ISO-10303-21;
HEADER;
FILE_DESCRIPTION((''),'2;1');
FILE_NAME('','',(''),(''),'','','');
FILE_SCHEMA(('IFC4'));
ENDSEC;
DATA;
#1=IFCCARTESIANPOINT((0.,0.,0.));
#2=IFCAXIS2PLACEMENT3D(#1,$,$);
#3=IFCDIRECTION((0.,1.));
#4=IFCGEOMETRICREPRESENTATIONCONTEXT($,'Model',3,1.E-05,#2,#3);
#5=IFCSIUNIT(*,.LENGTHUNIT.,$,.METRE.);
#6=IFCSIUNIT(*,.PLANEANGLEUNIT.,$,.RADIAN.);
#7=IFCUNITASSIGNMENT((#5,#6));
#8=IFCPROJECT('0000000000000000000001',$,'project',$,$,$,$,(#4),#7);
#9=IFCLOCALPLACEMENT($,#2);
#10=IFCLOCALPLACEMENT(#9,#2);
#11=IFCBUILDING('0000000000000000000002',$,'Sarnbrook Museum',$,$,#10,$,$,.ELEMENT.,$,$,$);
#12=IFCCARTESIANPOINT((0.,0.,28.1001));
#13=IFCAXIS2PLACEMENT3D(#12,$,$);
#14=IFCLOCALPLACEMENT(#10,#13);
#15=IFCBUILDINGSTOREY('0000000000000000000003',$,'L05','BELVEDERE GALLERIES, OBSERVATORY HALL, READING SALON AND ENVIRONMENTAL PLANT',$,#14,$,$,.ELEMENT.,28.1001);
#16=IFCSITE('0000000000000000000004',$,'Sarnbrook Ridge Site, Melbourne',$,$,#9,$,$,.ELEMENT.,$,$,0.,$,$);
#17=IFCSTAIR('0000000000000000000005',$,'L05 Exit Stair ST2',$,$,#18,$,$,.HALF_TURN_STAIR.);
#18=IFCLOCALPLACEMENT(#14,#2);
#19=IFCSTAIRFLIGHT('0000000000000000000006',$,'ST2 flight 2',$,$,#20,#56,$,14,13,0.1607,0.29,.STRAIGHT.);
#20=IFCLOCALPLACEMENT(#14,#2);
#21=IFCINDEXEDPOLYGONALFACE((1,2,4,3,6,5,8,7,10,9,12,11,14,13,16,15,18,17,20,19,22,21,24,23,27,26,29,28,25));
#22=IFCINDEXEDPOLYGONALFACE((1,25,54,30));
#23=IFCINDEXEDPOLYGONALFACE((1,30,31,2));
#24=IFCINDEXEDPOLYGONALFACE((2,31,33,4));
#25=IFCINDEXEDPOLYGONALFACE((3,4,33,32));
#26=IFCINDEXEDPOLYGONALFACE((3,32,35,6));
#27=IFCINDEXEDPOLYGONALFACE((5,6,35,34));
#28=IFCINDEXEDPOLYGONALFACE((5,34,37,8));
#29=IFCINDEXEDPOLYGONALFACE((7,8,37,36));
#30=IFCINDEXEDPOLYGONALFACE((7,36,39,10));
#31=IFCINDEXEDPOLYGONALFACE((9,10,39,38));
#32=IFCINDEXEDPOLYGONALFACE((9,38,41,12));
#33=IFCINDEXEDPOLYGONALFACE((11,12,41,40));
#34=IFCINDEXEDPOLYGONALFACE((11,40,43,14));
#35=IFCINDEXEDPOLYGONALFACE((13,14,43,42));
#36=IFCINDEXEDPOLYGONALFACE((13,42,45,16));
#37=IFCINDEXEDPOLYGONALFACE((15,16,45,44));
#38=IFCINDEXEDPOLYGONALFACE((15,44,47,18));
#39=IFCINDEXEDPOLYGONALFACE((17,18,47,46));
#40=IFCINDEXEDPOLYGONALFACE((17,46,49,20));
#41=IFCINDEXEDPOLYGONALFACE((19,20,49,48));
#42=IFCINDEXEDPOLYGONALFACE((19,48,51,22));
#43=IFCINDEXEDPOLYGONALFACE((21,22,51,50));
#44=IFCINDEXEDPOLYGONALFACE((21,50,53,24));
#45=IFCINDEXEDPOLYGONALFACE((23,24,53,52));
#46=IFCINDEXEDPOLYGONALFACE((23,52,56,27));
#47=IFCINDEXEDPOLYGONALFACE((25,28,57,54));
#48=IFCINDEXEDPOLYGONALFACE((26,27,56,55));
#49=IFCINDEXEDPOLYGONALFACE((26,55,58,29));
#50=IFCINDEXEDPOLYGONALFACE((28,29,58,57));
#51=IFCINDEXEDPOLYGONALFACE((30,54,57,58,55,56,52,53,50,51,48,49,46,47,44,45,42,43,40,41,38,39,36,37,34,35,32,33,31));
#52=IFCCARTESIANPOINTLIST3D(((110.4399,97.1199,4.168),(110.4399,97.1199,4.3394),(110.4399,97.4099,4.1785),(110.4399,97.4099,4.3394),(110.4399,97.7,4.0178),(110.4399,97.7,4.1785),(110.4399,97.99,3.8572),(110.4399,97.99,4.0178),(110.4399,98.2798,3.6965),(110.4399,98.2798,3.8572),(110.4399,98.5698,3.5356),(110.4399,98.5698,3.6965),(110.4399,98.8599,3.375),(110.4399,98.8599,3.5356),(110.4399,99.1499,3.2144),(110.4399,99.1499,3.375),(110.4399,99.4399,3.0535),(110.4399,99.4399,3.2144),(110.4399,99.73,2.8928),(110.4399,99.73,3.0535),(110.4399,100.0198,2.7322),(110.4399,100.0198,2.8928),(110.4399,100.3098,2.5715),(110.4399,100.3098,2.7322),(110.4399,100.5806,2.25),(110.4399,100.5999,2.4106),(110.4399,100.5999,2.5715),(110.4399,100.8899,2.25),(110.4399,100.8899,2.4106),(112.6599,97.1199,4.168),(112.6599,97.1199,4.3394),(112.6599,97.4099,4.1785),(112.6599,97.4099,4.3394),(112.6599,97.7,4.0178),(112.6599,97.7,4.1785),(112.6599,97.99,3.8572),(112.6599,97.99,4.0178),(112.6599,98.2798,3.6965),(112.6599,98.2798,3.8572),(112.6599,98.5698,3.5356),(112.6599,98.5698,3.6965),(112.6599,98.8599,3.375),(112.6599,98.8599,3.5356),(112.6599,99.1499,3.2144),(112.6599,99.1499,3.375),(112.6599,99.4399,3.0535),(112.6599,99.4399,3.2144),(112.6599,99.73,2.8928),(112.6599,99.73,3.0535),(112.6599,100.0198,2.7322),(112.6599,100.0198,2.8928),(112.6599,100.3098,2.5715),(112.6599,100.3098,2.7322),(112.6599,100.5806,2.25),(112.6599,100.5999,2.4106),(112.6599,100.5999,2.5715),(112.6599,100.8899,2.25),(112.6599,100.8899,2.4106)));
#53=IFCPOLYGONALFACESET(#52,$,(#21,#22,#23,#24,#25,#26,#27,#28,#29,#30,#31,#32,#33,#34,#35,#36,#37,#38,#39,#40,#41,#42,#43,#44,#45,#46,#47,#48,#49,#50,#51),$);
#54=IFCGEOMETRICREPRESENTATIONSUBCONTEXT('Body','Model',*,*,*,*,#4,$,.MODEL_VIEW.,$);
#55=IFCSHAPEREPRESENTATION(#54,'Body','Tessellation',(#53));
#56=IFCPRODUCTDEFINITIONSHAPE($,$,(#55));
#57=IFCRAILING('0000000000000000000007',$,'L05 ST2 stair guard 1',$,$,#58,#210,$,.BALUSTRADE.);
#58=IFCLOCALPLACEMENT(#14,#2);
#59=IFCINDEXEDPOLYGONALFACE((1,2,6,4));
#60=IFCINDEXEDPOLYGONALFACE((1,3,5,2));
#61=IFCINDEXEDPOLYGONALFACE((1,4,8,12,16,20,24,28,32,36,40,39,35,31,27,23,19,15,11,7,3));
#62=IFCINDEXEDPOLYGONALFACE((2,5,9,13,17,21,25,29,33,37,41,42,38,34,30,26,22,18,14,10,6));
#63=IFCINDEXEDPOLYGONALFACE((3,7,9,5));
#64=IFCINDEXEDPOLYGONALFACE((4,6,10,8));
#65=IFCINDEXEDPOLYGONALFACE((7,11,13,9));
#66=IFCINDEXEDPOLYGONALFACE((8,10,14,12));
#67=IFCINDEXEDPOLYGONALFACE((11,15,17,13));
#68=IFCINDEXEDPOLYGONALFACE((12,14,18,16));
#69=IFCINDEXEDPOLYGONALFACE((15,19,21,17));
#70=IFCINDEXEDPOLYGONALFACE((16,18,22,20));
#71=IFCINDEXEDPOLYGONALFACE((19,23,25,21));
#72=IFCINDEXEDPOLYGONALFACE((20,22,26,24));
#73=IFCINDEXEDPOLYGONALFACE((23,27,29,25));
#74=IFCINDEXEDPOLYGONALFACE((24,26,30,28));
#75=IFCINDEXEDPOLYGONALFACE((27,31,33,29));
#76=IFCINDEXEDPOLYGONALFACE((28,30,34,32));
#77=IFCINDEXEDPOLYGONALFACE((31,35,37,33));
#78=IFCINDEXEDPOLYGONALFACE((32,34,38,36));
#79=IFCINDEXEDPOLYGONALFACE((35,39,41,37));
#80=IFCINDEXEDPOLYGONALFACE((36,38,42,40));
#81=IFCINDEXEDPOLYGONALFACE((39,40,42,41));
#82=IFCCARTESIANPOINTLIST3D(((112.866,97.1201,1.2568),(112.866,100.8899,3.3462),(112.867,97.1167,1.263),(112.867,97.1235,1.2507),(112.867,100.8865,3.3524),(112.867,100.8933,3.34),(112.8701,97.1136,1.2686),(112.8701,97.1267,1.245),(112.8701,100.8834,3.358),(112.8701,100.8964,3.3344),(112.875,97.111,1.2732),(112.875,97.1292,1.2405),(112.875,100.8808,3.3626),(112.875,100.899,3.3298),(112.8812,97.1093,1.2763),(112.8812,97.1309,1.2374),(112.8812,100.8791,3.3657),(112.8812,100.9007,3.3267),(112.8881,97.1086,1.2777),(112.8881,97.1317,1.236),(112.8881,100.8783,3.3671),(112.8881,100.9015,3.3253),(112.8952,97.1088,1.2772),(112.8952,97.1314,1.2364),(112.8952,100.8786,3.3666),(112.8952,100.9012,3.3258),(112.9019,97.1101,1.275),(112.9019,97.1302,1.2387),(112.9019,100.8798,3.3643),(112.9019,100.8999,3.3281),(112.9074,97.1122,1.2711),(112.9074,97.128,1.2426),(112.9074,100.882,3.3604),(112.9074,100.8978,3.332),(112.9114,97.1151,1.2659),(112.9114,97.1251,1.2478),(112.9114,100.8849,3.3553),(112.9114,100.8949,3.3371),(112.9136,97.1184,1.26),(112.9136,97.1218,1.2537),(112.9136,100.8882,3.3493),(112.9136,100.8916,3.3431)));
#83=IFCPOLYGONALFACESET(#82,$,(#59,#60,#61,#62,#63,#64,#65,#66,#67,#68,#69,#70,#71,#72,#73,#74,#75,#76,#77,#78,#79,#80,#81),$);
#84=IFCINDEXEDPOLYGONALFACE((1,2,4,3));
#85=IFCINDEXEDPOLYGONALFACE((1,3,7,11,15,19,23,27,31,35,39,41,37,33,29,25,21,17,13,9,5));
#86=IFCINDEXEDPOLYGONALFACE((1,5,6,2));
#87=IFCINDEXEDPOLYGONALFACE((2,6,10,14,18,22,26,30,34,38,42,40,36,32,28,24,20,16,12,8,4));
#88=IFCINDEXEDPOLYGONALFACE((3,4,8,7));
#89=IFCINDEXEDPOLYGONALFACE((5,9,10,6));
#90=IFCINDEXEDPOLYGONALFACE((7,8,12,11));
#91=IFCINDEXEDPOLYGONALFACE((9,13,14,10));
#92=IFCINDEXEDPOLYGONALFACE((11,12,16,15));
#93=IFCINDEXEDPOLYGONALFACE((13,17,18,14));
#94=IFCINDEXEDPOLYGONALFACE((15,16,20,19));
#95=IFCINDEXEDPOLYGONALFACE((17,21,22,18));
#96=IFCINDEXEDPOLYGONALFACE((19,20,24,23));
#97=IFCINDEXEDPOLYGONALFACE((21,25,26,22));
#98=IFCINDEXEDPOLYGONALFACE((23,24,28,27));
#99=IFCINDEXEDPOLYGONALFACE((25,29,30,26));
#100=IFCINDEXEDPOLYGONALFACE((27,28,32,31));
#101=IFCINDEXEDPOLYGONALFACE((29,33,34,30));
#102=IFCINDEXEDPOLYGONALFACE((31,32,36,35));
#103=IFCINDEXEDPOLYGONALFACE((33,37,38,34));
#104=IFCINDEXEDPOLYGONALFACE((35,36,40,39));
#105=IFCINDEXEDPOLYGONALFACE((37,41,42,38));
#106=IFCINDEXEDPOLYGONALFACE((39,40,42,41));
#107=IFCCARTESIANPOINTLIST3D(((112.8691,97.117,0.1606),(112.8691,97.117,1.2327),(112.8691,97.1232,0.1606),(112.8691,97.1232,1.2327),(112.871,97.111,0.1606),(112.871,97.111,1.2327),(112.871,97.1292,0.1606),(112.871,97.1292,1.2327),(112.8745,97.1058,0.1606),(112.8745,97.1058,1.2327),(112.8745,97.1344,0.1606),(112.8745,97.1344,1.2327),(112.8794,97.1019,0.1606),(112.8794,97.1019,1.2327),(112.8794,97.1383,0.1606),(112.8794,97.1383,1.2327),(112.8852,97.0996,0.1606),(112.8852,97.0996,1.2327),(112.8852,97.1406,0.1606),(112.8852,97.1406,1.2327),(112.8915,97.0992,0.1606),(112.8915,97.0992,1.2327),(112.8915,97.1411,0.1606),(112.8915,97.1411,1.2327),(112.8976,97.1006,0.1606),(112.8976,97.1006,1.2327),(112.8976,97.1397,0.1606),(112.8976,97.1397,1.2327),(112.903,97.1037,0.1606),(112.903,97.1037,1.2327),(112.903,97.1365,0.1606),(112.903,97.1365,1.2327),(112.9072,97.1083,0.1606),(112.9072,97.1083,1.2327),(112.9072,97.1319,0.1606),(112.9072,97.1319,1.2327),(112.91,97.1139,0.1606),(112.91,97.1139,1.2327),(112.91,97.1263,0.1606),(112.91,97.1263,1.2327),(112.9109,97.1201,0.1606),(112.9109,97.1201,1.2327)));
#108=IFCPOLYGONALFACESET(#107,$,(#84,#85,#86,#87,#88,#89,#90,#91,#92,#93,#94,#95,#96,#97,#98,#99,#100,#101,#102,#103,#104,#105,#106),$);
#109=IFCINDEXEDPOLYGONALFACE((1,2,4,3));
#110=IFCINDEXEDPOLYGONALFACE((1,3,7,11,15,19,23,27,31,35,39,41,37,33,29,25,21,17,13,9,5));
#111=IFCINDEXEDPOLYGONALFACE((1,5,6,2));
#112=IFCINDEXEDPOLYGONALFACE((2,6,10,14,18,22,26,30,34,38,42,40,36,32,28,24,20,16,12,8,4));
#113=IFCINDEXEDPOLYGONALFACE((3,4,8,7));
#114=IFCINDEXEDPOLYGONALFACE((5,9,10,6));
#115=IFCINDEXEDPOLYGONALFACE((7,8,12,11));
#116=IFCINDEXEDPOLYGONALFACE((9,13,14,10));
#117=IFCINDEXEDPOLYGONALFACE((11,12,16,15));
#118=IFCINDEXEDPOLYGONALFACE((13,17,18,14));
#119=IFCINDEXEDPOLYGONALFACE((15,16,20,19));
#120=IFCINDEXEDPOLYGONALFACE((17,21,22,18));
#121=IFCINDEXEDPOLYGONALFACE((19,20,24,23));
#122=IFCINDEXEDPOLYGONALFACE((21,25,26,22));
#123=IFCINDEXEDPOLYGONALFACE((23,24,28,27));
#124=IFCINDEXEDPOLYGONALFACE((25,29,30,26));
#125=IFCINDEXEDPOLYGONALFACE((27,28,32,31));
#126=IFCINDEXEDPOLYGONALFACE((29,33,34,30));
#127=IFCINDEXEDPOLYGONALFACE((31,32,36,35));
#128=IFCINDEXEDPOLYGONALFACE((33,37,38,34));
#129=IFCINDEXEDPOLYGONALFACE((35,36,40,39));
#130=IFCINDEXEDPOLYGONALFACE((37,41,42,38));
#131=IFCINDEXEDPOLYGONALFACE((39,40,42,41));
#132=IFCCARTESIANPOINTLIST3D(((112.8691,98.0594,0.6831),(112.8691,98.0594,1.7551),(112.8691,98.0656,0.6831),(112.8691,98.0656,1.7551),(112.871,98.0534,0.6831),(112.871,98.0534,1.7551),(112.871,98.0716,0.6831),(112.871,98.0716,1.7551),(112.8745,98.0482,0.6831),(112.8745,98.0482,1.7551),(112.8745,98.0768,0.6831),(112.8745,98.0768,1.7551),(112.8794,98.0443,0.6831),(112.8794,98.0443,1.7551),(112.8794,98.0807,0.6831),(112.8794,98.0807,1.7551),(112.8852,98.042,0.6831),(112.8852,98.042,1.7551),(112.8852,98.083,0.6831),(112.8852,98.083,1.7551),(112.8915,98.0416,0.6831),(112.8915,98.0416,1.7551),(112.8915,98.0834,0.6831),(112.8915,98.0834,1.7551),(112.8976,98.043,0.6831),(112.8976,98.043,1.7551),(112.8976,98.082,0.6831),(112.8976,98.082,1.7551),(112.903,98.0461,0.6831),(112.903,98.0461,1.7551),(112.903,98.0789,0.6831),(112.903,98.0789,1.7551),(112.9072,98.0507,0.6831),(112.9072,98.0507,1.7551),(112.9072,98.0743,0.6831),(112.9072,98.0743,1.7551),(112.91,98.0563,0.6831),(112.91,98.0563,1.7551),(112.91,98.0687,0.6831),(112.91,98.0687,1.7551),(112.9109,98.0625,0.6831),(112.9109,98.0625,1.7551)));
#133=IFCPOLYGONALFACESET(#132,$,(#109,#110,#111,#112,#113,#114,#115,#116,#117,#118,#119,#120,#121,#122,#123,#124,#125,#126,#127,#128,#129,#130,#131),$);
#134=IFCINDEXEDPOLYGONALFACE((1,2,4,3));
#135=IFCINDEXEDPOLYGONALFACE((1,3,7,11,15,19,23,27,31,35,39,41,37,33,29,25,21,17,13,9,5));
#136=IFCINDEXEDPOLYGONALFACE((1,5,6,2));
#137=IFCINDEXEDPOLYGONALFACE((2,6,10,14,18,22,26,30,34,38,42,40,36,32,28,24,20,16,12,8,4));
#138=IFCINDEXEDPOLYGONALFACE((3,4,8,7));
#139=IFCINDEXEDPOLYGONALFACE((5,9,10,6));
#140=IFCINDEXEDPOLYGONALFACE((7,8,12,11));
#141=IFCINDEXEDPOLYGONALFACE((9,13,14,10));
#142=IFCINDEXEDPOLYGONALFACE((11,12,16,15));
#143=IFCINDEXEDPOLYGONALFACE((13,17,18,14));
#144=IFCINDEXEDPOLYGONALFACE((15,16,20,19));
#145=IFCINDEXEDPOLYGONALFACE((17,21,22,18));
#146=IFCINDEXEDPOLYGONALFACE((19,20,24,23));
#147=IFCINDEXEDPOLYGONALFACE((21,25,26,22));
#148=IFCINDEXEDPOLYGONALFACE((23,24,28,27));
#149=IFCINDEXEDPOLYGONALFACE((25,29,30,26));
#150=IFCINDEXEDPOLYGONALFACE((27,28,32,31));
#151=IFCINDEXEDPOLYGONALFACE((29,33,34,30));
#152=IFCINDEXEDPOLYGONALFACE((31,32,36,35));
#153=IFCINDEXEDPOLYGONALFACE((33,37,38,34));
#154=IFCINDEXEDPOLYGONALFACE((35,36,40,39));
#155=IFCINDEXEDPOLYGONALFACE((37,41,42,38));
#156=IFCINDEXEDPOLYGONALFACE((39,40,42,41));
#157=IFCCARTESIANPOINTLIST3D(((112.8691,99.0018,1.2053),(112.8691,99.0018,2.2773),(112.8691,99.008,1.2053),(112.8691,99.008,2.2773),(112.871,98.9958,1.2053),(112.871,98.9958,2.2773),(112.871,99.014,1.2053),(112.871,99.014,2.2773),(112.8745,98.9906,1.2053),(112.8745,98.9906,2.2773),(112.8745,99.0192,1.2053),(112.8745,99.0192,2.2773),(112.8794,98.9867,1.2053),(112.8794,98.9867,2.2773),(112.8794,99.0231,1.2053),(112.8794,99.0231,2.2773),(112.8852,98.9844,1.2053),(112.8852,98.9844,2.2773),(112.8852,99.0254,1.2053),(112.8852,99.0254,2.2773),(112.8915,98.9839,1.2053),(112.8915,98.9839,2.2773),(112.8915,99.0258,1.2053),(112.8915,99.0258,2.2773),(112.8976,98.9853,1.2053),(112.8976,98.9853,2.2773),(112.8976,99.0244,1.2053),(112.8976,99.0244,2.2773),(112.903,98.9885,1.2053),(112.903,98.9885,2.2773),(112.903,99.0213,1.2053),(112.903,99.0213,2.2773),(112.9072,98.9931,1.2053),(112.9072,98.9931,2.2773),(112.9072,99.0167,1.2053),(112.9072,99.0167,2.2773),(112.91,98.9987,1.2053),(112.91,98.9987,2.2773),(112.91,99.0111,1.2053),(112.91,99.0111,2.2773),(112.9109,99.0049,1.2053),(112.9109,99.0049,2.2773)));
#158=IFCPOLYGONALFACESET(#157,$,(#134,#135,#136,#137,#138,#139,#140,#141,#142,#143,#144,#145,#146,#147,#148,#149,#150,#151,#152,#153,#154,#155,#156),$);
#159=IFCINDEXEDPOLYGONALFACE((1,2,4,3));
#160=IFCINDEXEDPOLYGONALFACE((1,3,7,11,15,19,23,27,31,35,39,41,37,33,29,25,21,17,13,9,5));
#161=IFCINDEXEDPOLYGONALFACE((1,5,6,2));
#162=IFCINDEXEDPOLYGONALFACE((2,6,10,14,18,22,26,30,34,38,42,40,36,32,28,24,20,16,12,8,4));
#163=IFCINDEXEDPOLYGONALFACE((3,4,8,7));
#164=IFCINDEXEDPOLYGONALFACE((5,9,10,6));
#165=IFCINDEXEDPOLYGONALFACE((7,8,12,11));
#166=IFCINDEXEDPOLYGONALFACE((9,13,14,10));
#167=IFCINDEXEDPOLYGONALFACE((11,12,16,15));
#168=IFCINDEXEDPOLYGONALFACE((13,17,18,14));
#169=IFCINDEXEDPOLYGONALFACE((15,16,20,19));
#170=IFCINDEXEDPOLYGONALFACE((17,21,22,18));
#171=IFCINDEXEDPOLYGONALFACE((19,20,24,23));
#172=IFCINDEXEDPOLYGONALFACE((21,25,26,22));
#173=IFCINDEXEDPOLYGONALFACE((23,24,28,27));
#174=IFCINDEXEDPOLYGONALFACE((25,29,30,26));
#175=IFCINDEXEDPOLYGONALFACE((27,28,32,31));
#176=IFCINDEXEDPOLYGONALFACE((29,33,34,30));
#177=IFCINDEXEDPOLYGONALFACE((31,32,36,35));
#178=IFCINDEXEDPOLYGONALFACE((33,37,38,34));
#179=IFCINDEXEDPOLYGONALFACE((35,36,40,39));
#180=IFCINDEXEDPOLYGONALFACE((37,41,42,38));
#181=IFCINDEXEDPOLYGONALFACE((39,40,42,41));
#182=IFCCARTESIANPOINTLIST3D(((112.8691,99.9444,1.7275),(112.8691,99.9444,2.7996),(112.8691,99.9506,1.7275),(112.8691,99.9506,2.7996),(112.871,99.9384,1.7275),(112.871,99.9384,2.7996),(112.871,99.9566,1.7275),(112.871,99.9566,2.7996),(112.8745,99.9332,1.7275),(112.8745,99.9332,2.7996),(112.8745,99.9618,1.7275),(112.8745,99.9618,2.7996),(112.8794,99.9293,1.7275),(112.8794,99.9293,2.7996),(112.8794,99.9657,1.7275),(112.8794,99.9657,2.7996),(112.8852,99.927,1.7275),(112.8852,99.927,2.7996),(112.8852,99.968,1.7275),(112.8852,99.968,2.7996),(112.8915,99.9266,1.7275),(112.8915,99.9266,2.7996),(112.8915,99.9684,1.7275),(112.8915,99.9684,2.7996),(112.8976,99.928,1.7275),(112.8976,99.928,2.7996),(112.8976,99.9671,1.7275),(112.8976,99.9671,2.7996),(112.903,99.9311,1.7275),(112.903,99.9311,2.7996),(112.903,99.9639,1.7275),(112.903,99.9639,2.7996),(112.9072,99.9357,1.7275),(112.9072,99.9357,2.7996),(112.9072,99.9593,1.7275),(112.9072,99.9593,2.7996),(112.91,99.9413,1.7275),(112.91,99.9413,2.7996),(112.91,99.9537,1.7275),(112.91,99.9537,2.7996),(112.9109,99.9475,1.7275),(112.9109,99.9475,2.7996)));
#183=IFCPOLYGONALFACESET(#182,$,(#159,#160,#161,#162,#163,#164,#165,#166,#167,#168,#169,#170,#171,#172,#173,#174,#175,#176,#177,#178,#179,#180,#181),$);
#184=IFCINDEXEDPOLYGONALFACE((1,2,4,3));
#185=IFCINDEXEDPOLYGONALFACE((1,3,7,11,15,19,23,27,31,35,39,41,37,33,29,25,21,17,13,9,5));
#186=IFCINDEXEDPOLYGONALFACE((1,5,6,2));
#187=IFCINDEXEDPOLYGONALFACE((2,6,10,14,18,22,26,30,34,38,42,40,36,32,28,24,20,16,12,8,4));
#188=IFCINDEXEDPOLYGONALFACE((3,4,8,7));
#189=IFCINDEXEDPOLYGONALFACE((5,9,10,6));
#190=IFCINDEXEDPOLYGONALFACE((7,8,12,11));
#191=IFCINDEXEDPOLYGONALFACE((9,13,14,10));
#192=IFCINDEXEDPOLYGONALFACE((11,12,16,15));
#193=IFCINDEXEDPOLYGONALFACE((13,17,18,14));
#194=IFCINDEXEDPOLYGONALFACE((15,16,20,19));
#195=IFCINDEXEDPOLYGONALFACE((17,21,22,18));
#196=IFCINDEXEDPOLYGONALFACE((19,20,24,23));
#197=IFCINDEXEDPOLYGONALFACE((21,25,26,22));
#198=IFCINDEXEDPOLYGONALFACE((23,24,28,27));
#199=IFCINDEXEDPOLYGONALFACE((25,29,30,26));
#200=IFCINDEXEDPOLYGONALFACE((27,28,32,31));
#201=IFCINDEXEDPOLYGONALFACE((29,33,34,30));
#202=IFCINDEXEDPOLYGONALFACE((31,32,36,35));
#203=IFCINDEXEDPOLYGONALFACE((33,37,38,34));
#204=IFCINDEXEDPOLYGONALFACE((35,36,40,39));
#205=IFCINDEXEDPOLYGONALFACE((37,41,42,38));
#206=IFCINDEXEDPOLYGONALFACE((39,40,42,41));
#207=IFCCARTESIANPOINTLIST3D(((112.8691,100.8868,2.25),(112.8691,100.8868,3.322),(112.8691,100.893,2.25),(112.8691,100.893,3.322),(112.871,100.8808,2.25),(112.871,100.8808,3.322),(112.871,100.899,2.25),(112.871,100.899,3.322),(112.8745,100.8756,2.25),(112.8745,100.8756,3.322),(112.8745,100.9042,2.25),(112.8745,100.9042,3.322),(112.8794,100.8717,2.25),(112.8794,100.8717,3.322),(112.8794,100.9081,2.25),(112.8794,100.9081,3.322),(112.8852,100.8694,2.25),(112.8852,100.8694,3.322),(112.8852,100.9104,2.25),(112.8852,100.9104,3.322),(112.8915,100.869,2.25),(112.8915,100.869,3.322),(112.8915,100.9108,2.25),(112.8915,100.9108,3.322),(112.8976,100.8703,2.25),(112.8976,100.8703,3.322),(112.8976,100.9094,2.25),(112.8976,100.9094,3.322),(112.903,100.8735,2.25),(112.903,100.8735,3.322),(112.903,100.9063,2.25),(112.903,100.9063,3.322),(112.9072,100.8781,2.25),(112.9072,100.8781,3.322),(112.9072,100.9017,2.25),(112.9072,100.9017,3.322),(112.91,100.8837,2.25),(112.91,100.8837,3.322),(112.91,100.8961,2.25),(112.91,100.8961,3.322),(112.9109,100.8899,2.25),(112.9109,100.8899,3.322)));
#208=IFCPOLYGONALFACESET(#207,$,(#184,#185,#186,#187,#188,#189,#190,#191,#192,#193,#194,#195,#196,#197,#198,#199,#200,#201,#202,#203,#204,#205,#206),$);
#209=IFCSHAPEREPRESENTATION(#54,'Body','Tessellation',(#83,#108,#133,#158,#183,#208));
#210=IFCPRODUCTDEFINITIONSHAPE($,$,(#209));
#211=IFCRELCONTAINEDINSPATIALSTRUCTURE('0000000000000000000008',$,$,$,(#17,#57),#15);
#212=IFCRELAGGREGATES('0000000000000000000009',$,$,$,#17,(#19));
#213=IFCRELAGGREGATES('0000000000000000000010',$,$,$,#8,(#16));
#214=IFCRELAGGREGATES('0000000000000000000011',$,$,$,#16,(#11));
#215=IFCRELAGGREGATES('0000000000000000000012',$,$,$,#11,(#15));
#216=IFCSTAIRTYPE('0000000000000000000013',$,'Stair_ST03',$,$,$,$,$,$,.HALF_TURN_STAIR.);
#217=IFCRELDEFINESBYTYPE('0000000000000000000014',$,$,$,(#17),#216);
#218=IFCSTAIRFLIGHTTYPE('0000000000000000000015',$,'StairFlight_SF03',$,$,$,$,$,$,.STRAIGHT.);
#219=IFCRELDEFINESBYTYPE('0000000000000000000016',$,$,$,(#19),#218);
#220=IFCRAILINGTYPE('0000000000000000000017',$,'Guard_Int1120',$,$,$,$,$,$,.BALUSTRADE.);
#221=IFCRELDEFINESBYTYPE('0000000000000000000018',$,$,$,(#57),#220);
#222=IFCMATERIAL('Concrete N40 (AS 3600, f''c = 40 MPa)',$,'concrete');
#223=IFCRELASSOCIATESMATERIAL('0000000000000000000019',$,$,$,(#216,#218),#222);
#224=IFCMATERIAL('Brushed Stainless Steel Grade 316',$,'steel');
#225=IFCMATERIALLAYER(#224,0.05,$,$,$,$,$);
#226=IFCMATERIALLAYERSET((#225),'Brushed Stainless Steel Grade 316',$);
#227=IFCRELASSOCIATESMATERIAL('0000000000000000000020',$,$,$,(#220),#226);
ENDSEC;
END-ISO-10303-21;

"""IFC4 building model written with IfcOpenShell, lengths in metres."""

from ifc_helpers import new_model, si_unit, direction, frame, origin, origin_2d, place, context, subcontext, project, spatial, polyline, circle, outline, extrude, material, layer, layer_set, type_object, element, aggregate, save


model = new_model("IFC4")

# Units and contexts
model_context = context("Model", 3, precision=1e-05, world=origin(), true_north=direction((0.0, 1.0)))
body_context = subcontext(model_context, "Body", "Model", "MODEL_VIEW")
ifc_project = project(units=[si_unit("LENGTHUNIT", "METRE"), si_unit("PLANEANGLEUNIT", "RADIAN")], contexts=[model_context])

# Site, building, storey
site_placement = place(None, origin())
site = spatial("IfcSite", under=ifc_project, at=site_placement, Name="Sarnbrook Ridge Site, Melbourne", CompositionType="ELEMENT", RefElevation=0.0)
building_placement = place(site_placement, origin())
building = spatial("IfcBuilding", under=site, at=building_placement, Name="Sarnbrook Museum", CompositionType="ELEMENT")
storey_placement = place(building_placement, frame((0.0, 0.0, 28.1001)))
storey = spatial("IfcBuildingStorey", under=building, at=storey_placement, Name="L05", Description="BELVEDERE GALLERIES, OBSERVATORY HALL, READING SALON AND ENVIRONMENTAL PLANT", CompositionType="ELEMENT", Elevation=28.1001)

# Stair, stair flight
ifc_material_1 = material(Name="Concrete N40 (AS 3600, f'c = 40 MPa)", Category="concrete")
stair_type = type_object("IfcStairType", Name="Stair_ST03", PredefinedType="HALF_TURN_STAIR", material=ifc_material_1)
stair_placement = place(storey_placement, origin())
stair = element("IfcStair", 1, at=stair_placement, inside=storey, type_object=stair_type, Name="L05 Exit Stair ST2", PredefinedType="HALF_TURN_STAIR")
stair_flight_type = type_object("IfcStairFlightType", Name="StairFlight_SF03", PredefinedType="STRAIGHT", material=ifc_material_1)
stair_flight_1_placement = place(storey_placement, frame((111.55, 100.8899, 2.25), z_axis=(0.0, 0.0, 1.0), x_axis=(0.0, -1.0, 0.0)))
stair_flight_1 = element("IfcStairFlight", 2, at=stair_flight_1_placement, type_object=stair_flight_type, Name="ST2 flight 2", NumberOfRisers=14, NumberOfTreads=13, PredefinedType="STRAIGHT", RiserHeight=0.1607, TreadLength=0.29, context=body_context, shape_type="SweptSolid", body=[
    extrude(outline(polyline([(0.0, 0.0), (0.0, 0.1606), (0.29, 0.1606), (0.29, 0.3215), (0.5801, 0.3215), (0.5801, 0.4822), (0.8701, 0.4822), (0.8701, 0.6428), (1.1599, 0.6428), (1.1599, 0.8035), (1.45, 0.8035), (1.45, 0.9644), (1.74, 0.9644), (1.74, 1.125), (2.03, 1.125), (2.03, 1.2856), (2.3201, 1.2856), (2.3201, 1.4465), (2.6101, 1.4465), (2.6101, 1.6072), (2.8999, 1.6072), (2.8999, 1.7678), (3.1899, 1.7678), (3.1899, 1.9285), (3.48, 1.9285), (3.48, 2.0894), (3.77, 2.0894), (3.77, 2.25), (3.77, 1.918), (0.3093, 0.0), (0.0, 0.0)])), frame((0.0, 1.1099, 0.0), z_axis=(0.0, -1.0, 0.0), x_axis=(1.0, 0.0, 0.0)), (0.0, 0.0, 1.0), 2.22),
])
aggregate(stair, [stair_flight_1])

# Railing
ifc_material_2 = material(Name="Brushed Stainless Steel Grade 316", Category="steel")
ifc_layer_1 = layer(ifc_material_2, 0.05)
ifc_layer_set_1 = layer_set([ifc_layer_1], Name="Brushed Stainless Steel Grade 316")
railing_type_1 = type_object("IfcRailingType", Name="Guard_Int1120", PredefinedType="BALUSTRADE", material=ifc_layer_set_1)
railing_1_placement = place(storey_placement, frame((112.8899, 97.1201, 0.1606)))
element("IfcRailing", 3, at=railing_1_placement, inside=storey, type_object=railing_type_1, Name="L05 ST2 stair guard 1", PredefinedType="BALUSTRADE", context=body_context, shape_type="SweptSolid", body=[
    extrude(circle(Radius=0.0239, at=origin_2d()), frame((0.0, 0.0, 1.0962), z_axis=(0.0, 0.874646, 0.484763), x_axis=(-1.0, 0.0, 0.0)), (0.0, 0.0, 1.0), 4.3101),
    extrude(circle(Radius=0.021, at=origin_2d()), origin(), (0.0, 0.0, 1.0), 1.072),
    extrude(circle(Radius=0.021, at=origin_2d()), frame((0.0, 0.9424, 0.5225)), (0.0, 0.0, 1.0), 1.072),
    extrude(circle(Radius=0.021, at=origin_2d()), frame((0.0, 1.8848, 1.0447)), (0.0, 0.0, 1.0), 1.072),
    extrude(circle(Radius=0.021, at=origin_2d()), frame((0.0, 2.8274, 1.5669)), (0.0, 0.0, 1.0), 1.072),
    extrude(circle(Radius=0.021, at=origin_2d()), frame((0.0, 3.7698, 2.0894)), (0.0, 0.0, 1.0), 1.072),
])

save(model, "model.ifc")
